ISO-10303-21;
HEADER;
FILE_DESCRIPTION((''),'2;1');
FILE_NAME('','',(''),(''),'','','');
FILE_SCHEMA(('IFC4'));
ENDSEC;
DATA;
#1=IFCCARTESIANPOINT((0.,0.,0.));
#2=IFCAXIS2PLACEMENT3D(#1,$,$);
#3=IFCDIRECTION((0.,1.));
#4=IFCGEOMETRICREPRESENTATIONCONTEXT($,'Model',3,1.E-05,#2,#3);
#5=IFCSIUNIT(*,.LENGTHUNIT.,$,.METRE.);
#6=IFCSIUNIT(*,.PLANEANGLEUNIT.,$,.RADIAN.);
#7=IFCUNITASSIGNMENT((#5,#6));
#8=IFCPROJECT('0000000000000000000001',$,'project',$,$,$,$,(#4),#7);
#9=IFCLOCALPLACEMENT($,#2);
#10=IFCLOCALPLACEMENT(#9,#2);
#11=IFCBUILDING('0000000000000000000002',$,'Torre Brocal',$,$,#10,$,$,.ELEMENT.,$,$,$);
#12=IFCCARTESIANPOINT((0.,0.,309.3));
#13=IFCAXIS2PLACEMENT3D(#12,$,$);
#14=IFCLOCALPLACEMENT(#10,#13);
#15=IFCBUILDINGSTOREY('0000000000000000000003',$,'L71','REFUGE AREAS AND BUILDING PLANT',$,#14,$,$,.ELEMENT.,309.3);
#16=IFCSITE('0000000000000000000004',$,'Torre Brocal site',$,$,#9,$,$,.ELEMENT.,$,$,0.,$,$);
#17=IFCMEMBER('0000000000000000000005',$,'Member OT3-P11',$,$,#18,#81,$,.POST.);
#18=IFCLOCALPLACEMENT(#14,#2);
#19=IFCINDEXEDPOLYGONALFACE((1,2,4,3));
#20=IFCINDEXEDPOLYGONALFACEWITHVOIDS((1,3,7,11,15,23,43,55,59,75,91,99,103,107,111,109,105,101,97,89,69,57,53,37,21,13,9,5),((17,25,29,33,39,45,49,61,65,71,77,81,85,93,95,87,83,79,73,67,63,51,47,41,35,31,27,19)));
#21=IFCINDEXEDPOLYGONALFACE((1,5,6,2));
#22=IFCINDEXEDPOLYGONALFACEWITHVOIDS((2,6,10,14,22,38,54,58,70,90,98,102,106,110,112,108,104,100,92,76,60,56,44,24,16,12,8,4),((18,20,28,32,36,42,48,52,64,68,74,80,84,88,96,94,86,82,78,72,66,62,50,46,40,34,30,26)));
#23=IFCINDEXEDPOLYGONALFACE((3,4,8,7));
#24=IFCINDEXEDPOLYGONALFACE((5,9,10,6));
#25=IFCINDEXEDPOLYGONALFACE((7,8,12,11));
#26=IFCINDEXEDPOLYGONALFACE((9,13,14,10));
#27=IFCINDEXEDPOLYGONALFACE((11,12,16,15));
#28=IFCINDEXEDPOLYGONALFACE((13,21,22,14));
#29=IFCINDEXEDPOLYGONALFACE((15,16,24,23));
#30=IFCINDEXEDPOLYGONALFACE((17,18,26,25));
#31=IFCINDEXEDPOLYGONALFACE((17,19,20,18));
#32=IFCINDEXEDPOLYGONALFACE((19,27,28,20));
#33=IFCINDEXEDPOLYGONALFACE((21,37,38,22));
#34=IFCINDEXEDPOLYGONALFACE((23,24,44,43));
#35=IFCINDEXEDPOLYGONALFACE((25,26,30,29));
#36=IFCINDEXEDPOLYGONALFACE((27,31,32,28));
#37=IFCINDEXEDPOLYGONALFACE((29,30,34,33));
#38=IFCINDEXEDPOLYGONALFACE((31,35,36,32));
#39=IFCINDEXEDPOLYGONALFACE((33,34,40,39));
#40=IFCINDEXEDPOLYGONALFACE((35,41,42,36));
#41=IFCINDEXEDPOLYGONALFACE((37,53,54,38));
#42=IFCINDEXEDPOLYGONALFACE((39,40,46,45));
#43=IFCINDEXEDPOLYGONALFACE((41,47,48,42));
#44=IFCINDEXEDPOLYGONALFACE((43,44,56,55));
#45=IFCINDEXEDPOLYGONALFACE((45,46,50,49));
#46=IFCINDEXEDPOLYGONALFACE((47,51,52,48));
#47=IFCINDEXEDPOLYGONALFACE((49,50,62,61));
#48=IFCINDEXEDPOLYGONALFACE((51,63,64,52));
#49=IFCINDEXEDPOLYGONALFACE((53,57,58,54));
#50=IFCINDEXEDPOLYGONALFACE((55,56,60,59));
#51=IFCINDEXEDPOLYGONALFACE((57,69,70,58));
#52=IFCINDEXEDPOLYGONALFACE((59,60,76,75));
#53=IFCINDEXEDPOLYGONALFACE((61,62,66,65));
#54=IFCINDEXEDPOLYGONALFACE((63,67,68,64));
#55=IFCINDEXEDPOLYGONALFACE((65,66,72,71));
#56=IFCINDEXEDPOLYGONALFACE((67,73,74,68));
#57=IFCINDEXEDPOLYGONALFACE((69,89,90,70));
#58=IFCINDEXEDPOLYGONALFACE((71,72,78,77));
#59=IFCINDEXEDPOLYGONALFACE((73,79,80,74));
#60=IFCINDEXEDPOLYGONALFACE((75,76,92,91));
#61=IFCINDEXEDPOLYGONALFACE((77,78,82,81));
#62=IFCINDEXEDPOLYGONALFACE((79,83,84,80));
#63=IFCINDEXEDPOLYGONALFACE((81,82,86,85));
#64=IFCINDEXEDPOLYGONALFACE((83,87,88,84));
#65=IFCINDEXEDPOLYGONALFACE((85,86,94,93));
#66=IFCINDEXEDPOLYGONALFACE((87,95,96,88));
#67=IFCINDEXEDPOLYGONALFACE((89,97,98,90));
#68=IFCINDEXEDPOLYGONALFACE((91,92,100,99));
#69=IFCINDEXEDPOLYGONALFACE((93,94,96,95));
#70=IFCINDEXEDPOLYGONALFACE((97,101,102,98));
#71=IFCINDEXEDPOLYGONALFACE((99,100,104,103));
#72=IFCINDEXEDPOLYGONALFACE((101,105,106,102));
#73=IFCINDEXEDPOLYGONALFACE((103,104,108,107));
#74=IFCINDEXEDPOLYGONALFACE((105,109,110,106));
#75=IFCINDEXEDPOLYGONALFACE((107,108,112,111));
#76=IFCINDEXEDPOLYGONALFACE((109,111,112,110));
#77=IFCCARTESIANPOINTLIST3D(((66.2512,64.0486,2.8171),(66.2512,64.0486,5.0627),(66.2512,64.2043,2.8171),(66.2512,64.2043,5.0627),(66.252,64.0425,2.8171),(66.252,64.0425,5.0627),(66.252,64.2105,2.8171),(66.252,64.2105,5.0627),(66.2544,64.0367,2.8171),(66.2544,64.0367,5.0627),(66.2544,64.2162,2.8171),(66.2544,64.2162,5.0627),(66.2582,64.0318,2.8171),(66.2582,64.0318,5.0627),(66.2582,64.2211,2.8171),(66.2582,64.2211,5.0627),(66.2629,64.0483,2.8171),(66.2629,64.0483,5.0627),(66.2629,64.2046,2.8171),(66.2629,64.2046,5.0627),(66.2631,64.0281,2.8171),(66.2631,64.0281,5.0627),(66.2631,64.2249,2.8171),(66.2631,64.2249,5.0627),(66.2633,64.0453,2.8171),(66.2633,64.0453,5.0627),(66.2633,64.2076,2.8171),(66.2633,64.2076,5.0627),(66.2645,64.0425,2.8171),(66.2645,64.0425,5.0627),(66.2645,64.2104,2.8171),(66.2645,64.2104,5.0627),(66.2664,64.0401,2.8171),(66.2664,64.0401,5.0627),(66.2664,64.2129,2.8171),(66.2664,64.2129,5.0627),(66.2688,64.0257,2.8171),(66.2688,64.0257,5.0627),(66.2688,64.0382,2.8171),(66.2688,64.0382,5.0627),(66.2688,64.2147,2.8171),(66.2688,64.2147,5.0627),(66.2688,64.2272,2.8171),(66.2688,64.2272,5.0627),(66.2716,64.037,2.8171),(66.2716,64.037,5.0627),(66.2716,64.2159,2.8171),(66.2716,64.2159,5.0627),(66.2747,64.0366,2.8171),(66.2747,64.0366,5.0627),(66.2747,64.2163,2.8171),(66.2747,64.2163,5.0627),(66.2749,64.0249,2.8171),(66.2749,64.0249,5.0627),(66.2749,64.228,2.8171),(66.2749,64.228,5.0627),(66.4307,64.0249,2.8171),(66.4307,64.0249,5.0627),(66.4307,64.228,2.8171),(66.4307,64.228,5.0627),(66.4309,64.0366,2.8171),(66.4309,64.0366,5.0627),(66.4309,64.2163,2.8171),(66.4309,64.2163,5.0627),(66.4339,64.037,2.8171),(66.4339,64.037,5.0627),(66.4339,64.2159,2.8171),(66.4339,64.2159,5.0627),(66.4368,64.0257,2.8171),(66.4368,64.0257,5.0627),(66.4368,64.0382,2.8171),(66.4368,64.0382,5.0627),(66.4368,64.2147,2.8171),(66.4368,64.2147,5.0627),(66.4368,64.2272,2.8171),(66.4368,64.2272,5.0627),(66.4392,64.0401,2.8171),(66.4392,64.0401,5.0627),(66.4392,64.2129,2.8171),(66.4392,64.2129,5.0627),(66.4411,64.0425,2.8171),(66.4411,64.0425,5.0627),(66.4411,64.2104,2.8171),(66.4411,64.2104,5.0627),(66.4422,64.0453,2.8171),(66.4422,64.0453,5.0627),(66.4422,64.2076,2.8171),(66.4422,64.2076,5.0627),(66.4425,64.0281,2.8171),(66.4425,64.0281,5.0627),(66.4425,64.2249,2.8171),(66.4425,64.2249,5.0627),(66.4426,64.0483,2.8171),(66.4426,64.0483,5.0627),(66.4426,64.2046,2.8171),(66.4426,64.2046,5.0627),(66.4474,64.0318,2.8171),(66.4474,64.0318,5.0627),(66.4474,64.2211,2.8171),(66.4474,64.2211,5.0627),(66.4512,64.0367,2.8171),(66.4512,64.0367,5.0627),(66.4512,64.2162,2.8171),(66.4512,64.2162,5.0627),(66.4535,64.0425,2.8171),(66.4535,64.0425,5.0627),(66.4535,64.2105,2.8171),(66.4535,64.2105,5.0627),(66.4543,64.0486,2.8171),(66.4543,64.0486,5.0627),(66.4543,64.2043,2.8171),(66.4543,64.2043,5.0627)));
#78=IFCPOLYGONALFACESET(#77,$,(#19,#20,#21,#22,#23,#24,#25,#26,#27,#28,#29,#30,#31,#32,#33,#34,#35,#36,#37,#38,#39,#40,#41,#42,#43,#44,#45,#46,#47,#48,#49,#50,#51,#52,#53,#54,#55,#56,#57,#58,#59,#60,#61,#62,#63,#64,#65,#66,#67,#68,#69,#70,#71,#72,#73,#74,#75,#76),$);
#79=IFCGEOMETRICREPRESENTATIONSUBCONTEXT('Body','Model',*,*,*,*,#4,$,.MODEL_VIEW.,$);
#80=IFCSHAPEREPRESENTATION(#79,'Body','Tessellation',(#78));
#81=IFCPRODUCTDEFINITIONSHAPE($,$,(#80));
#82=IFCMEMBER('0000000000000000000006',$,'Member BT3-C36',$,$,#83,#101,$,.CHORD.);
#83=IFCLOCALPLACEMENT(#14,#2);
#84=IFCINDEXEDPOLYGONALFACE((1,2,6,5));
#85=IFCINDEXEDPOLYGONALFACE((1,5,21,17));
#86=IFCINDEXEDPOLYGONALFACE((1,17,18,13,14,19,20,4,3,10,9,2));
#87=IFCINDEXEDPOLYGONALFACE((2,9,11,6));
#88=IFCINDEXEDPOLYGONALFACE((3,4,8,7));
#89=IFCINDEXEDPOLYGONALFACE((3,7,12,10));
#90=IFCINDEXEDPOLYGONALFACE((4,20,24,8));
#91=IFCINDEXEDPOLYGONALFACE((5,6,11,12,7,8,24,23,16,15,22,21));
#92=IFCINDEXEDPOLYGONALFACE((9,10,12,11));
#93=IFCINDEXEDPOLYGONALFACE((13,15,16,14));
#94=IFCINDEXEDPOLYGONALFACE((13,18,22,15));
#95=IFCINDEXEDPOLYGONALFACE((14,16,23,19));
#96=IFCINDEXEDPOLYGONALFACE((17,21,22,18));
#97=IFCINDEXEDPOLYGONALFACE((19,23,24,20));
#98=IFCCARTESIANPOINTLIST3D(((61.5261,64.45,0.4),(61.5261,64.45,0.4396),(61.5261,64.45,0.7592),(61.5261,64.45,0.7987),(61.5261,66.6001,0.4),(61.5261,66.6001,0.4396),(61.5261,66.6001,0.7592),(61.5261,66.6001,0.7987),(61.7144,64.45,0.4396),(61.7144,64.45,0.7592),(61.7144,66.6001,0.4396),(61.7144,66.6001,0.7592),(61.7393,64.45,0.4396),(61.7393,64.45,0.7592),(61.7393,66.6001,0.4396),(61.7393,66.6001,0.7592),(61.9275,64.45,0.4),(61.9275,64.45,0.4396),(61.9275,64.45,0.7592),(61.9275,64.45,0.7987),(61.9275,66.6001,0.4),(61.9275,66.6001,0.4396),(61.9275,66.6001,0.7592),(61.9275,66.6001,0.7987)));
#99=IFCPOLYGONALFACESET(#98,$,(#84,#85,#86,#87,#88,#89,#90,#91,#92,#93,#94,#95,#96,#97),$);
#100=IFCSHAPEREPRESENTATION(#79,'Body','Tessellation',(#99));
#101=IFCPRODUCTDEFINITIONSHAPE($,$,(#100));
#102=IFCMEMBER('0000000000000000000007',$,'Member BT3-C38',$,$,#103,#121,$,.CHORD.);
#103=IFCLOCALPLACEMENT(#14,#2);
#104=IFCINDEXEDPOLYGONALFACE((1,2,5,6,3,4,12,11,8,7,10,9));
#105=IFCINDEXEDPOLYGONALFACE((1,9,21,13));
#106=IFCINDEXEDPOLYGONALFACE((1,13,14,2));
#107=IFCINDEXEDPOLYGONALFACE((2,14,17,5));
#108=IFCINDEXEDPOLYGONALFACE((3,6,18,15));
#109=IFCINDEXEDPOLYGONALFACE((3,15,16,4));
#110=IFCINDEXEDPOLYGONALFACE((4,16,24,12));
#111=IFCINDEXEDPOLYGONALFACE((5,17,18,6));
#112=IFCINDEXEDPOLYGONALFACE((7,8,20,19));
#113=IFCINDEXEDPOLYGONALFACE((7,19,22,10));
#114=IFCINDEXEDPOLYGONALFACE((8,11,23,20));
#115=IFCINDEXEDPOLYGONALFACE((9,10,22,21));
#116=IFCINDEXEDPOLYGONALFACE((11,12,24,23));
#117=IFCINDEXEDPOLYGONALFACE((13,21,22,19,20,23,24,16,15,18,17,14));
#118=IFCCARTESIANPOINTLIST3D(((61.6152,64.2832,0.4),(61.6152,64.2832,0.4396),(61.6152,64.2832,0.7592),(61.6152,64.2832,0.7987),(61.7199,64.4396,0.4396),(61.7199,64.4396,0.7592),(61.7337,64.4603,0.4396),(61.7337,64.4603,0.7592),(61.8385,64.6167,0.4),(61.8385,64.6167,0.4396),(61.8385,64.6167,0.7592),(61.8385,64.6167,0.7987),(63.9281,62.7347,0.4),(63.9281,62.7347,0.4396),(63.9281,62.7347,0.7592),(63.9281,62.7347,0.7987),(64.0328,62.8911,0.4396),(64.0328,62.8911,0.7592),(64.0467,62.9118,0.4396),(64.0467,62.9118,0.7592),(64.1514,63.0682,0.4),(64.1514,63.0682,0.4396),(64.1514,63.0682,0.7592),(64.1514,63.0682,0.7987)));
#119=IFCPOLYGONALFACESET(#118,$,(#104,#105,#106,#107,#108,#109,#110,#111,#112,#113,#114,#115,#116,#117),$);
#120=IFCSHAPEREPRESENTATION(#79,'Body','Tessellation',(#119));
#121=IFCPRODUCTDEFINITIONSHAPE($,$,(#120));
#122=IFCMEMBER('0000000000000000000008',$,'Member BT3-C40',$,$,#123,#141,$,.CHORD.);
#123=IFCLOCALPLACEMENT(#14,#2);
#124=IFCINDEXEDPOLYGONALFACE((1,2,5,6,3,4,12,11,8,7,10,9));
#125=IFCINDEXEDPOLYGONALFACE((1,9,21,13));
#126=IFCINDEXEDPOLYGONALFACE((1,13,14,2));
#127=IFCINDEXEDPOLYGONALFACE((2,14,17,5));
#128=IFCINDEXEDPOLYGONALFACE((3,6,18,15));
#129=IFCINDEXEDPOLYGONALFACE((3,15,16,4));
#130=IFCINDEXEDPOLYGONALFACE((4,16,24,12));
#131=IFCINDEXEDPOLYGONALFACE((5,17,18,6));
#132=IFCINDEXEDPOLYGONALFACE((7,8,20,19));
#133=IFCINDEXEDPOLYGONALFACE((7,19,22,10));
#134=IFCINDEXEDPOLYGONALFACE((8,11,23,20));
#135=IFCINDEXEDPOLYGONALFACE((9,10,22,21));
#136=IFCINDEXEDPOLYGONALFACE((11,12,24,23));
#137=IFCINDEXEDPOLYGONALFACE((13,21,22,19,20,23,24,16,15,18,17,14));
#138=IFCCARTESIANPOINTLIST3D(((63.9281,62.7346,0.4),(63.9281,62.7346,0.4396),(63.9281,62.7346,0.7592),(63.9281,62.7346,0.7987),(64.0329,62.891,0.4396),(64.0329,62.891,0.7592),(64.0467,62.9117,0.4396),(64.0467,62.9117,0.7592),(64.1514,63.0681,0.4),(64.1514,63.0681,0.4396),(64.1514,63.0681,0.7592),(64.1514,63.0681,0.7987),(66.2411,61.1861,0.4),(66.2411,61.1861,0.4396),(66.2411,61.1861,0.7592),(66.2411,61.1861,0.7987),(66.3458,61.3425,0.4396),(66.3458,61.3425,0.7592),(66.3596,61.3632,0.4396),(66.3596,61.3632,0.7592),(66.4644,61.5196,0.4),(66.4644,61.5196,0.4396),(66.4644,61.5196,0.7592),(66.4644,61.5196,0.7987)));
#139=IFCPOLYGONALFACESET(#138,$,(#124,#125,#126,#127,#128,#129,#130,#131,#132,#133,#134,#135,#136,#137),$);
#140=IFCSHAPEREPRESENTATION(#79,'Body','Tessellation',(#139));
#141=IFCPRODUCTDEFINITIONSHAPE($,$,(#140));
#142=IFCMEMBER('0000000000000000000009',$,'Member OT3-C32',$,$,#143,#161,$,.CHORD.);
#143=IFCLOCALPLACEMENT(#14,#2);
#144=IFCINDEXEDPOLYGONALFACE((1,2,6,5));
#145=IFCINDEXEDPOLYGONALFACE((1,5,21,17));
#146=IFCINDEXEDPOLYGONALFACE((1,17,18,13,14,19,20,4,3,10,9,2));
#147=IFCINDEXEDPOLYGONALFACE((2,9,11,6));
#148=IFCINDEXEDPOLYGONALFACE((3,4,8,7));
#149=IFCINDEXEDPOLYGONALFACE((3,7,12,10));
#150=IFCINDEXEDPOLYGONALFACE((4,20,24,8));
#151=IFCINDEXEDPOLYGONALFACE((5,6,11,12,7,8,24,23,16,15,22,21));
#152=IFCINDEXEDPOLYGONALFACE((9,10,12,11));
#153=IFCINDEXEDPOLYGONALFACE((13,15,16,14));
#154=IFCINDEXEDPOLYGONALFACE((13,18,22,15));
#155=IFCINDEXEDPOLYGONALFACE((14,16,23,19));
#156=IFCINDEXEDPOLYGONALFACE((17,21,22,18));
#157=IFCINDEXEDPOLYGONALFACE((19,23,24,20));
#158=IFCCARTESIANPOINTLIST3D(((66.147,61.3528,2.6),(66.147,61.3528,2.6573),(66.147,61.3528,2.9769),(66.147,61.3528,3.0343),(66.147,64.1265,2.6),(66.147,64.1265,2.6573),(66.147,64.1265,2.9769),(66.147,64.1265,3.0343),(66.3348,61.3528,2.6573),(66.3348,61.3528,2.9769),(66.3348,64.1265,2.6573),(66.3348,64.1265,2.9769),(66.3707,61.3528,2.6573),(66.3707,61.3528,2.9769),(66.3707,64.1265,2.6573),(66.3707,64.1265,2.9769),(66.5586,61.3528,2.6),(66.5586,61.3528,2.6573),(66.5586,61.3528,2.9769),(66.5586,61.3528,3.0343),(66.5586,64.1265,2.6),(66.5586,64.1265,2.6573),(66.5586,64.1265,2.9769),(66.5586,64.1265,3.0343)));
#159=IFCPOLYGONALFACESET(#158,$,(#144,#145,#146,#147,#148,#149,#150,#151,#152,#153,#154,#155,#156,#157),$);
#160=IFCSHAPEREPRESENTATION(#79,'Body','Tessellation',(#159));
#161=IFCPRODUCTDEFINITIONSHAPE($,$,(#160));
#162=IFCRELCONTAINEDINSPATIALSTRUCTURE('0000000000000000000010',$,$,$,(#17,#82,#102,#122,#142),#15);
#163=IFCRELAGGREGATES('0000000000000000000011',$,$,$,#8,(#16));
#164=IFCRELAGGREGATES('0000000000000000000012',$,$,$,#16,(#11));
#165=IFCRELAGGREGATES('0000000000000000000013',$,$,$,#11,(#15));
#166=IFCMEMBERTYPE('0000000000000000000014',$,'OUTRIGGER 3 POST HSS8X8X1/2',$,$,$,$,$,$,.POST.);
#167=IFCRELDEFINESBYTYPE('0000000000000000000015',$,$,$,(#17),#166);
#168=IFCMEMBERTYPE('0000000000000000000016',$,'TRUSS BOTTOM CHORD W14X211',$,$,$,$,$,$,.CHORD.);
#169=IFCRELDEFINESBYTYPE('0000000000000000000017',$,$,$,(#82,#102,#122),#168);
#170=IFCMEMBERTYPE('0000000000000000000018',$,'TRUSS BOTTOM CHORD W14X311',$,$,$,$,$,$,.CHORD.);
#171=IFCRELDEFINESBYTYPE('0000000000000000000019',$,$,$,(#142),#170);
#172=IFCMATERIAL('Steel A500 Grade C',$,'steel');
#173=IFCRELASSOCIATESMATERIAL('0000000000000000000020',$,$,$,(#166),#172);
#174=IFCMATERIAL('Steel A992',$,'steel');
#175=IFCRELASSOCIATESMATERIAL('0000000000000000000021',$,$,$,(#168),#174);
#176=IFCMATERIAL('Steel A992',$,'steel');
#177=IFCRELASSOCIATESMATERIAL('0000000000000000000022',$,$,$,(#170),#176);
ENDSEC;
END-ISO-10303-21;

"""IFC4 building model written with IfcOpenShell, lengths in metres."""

from ifc_helpers import new_model, si_unit, direction, frame, origin, origin_2d, place, context, subcontext, project, spatial, hollow_rectangle, i_section, extrude, material, material_profile, profile_set, type_object, element, save


model = new_model("IFC4")

# Units and contexts
model_context = context("Model", 3, precision=1e-05, world=origin(), true_north=direction((0.0, 1.0)))
body_context = subcontext(model_context, "Body", "Model", "MODEL_VIEW")
ifc_project = project(units=[si_unit("LENGTHUNIT", "METRE"), si_unit("PLANEANGLEUNIT", "RADIAN")], contexts=[model_context])

# Site, building, storey
site_placement = place(None, origin())
site = spatial("IfcSite", under=ifc_project, at=site_placement, Name="Torre Brocal site", CompositionType="ELEMENT", RefElevation=0.0)
building_placement = place(site_placement, origin())
building = spatial("IfcBuilding", under=site, at=building_placement, Name="Torre Brocal", CompositionType="ELEMENT")
storey_placement = place(building_placement, frame((0.0, 0.0, 309.3)))
storey = spatial("IfcBuildingStorey", under=building, at=storey_placement, Name="L71", Description="REFUGE AREAS AND BUILDING PLANT", CompositionType="ELEMENT", Elevation=309.3)

# Members
ifc_material_1 = material(Name="Steel A500 Grade C", Category="steel")
ifc_material_profile_1 = material_profile(ifc_material_1, hollow_rectangle(XDim=0.2031, YDim=0.2031, WallThickness=0.0117, InnerFilletRadius=0.0117, OuterFilletRadius=0.0237, at=origin_2d()), Name="HSS8X8X1/2")
ifc_profile_set_1 = profile_set([ifc_material_profile_1], Name="Steel A500 Grade C")
member_type_1 = type_object("IfcMemberType", Name="OUTRIGGER 3 POST HSS8X8X1/2", PredefinedType="POST", material=ifc_profile_set_1)
member_1_placement = place(storey_placement, frame((66.3528, 64.1265, 2.8171), z_axis=(0.0, 0.0, 1.0), x_axis=(1.0, 0.0, 0.0)))
element("IfcMember", 1, at=member_1_placement, inside=storey, type_object=member_type_1, Name="Member OT3-P11", PredefinedType="POST", context=body_context, shape_type="SweptSolid", body=[
    extrude(hollow_rectangle(XDim=0.2031, YDim=0.2031, WallThickness=0.0117, InnerFilletRadius=0.0117, OuterFilletRadius=0.0237, at=origin_2d()), origin(), (0.0, 0.0, 1.0), 2.2456),
])
ifc_material_2 = material(Name="Steel A992", Category="steel")
ifc_material_profile_2 = material_profile(ifc_material_2, i_section(OverallWidth=0.4014, OverallDepth=0.3987, WebThickness=0.0249, FlangeThickness=0.0396, at=origin_2d()), Name="W14X211")
ifc_profile_set_2 = profile_set([ifc_material_profile_2], Name="Steel A992")
member_type_2 = type_object("IfcMemberType", Name="TRUSS BOTTOM CHORD W14X211", PredefinedType="CHORD", material=ifc_profile_set_2)
member_2_placement = place(storey_placement, frame((61.7268, 64.45, 0.5994), z_axis=(0.0, 1.0, 0.0), x_axis=(-1.0, 0.0, 0.0)))
element("IfcMember", 2, at=member_2_placement, inside=storey, type_object=member_type_2, Name="Member BT3-C36", PredefinedType="CHORD", context=body_context, shape_type="SweptSolid", body=[
    extrude(i_section(OverallWidth=0.4014, OverallDepth=0.3987, WebThickness=0.0249, FlangeThickness=0.0396, at=origin_2d()), origin(), (0.0, 0.0, 1.0), 2.1501),
])
for number, where, z_axis, x_axis, name in (
    (3, (61.7268, 64.45, 0.5994), (0.830956, -0.556339, 0.0), (0.556339, 0.830956, 0.0), "Member BT3-C38"),
    (4, (64.0398, 62.9014, 0.5994), (0.830956, -0.556339, 0.0), (0.556339, 0.830956, 0.0), "Member BT3-C40"),
):
    element("IfcMember", number, at=place(storey_placement, frame(where, z_axis=z_axis, x_axis=x_axis)), inside=storey, type_object=member_type_2, Name=name, PredefinedType="CHORD", context=body_context, shape_type="SweptSolid", body=[
        extrude(i_section(OverallWidth=0.4014, OverallDepth=0.3987, WebThickness=0.0249, FlangeThickness=0.0396, at=origin_2d()), origin(), (0.0, 0.0, 1.0), 2.7834),
    ])
ifc_material_3 = material(Name="Steel A992", Category="steel")
ifc_material_profile_3 = material_profile(ifc_material_3, i_section(OverallWidth=0.4116, OverallDepth=0.4343, WebThickness=0.0359, FlangeThickness=0.0574, at=origin_2d()), Name="W14X311")
ifc_profile_set_3 = profile_set([ifc_material_profile_3], Name="Steel A992")
member_type_3 = type_object("IfcMemberType", Name="TRUSS BOTTOM CHORD W14X311", PredefinedType="CHORD", material=ifc_profile_set_3)
member_3_placement = place(storey_placement, frame((66.3528, 64.1265, 2.8171), z_axis=(0.0, -1.0, 0.0), x_axis=(1.0, 0.0, 0.0)))
element("IfcMember", 5, at=member_3_placement, inside=storey, type_object=member_type_3, Name="Member OT3-C32", PredefinedType="CHORD", context=body_context, shape_type="SweptSolid", body=[
    extrude(i_section(OverallWidth=0.4116, OverallDepth=0.4343, WebThickness=0.0359, FlangeThickness=0.0574, at=origin_2d()), origin(), (0.0, 0.0, 1.0), 2.7737),
])

save(model, "model.ifc")
